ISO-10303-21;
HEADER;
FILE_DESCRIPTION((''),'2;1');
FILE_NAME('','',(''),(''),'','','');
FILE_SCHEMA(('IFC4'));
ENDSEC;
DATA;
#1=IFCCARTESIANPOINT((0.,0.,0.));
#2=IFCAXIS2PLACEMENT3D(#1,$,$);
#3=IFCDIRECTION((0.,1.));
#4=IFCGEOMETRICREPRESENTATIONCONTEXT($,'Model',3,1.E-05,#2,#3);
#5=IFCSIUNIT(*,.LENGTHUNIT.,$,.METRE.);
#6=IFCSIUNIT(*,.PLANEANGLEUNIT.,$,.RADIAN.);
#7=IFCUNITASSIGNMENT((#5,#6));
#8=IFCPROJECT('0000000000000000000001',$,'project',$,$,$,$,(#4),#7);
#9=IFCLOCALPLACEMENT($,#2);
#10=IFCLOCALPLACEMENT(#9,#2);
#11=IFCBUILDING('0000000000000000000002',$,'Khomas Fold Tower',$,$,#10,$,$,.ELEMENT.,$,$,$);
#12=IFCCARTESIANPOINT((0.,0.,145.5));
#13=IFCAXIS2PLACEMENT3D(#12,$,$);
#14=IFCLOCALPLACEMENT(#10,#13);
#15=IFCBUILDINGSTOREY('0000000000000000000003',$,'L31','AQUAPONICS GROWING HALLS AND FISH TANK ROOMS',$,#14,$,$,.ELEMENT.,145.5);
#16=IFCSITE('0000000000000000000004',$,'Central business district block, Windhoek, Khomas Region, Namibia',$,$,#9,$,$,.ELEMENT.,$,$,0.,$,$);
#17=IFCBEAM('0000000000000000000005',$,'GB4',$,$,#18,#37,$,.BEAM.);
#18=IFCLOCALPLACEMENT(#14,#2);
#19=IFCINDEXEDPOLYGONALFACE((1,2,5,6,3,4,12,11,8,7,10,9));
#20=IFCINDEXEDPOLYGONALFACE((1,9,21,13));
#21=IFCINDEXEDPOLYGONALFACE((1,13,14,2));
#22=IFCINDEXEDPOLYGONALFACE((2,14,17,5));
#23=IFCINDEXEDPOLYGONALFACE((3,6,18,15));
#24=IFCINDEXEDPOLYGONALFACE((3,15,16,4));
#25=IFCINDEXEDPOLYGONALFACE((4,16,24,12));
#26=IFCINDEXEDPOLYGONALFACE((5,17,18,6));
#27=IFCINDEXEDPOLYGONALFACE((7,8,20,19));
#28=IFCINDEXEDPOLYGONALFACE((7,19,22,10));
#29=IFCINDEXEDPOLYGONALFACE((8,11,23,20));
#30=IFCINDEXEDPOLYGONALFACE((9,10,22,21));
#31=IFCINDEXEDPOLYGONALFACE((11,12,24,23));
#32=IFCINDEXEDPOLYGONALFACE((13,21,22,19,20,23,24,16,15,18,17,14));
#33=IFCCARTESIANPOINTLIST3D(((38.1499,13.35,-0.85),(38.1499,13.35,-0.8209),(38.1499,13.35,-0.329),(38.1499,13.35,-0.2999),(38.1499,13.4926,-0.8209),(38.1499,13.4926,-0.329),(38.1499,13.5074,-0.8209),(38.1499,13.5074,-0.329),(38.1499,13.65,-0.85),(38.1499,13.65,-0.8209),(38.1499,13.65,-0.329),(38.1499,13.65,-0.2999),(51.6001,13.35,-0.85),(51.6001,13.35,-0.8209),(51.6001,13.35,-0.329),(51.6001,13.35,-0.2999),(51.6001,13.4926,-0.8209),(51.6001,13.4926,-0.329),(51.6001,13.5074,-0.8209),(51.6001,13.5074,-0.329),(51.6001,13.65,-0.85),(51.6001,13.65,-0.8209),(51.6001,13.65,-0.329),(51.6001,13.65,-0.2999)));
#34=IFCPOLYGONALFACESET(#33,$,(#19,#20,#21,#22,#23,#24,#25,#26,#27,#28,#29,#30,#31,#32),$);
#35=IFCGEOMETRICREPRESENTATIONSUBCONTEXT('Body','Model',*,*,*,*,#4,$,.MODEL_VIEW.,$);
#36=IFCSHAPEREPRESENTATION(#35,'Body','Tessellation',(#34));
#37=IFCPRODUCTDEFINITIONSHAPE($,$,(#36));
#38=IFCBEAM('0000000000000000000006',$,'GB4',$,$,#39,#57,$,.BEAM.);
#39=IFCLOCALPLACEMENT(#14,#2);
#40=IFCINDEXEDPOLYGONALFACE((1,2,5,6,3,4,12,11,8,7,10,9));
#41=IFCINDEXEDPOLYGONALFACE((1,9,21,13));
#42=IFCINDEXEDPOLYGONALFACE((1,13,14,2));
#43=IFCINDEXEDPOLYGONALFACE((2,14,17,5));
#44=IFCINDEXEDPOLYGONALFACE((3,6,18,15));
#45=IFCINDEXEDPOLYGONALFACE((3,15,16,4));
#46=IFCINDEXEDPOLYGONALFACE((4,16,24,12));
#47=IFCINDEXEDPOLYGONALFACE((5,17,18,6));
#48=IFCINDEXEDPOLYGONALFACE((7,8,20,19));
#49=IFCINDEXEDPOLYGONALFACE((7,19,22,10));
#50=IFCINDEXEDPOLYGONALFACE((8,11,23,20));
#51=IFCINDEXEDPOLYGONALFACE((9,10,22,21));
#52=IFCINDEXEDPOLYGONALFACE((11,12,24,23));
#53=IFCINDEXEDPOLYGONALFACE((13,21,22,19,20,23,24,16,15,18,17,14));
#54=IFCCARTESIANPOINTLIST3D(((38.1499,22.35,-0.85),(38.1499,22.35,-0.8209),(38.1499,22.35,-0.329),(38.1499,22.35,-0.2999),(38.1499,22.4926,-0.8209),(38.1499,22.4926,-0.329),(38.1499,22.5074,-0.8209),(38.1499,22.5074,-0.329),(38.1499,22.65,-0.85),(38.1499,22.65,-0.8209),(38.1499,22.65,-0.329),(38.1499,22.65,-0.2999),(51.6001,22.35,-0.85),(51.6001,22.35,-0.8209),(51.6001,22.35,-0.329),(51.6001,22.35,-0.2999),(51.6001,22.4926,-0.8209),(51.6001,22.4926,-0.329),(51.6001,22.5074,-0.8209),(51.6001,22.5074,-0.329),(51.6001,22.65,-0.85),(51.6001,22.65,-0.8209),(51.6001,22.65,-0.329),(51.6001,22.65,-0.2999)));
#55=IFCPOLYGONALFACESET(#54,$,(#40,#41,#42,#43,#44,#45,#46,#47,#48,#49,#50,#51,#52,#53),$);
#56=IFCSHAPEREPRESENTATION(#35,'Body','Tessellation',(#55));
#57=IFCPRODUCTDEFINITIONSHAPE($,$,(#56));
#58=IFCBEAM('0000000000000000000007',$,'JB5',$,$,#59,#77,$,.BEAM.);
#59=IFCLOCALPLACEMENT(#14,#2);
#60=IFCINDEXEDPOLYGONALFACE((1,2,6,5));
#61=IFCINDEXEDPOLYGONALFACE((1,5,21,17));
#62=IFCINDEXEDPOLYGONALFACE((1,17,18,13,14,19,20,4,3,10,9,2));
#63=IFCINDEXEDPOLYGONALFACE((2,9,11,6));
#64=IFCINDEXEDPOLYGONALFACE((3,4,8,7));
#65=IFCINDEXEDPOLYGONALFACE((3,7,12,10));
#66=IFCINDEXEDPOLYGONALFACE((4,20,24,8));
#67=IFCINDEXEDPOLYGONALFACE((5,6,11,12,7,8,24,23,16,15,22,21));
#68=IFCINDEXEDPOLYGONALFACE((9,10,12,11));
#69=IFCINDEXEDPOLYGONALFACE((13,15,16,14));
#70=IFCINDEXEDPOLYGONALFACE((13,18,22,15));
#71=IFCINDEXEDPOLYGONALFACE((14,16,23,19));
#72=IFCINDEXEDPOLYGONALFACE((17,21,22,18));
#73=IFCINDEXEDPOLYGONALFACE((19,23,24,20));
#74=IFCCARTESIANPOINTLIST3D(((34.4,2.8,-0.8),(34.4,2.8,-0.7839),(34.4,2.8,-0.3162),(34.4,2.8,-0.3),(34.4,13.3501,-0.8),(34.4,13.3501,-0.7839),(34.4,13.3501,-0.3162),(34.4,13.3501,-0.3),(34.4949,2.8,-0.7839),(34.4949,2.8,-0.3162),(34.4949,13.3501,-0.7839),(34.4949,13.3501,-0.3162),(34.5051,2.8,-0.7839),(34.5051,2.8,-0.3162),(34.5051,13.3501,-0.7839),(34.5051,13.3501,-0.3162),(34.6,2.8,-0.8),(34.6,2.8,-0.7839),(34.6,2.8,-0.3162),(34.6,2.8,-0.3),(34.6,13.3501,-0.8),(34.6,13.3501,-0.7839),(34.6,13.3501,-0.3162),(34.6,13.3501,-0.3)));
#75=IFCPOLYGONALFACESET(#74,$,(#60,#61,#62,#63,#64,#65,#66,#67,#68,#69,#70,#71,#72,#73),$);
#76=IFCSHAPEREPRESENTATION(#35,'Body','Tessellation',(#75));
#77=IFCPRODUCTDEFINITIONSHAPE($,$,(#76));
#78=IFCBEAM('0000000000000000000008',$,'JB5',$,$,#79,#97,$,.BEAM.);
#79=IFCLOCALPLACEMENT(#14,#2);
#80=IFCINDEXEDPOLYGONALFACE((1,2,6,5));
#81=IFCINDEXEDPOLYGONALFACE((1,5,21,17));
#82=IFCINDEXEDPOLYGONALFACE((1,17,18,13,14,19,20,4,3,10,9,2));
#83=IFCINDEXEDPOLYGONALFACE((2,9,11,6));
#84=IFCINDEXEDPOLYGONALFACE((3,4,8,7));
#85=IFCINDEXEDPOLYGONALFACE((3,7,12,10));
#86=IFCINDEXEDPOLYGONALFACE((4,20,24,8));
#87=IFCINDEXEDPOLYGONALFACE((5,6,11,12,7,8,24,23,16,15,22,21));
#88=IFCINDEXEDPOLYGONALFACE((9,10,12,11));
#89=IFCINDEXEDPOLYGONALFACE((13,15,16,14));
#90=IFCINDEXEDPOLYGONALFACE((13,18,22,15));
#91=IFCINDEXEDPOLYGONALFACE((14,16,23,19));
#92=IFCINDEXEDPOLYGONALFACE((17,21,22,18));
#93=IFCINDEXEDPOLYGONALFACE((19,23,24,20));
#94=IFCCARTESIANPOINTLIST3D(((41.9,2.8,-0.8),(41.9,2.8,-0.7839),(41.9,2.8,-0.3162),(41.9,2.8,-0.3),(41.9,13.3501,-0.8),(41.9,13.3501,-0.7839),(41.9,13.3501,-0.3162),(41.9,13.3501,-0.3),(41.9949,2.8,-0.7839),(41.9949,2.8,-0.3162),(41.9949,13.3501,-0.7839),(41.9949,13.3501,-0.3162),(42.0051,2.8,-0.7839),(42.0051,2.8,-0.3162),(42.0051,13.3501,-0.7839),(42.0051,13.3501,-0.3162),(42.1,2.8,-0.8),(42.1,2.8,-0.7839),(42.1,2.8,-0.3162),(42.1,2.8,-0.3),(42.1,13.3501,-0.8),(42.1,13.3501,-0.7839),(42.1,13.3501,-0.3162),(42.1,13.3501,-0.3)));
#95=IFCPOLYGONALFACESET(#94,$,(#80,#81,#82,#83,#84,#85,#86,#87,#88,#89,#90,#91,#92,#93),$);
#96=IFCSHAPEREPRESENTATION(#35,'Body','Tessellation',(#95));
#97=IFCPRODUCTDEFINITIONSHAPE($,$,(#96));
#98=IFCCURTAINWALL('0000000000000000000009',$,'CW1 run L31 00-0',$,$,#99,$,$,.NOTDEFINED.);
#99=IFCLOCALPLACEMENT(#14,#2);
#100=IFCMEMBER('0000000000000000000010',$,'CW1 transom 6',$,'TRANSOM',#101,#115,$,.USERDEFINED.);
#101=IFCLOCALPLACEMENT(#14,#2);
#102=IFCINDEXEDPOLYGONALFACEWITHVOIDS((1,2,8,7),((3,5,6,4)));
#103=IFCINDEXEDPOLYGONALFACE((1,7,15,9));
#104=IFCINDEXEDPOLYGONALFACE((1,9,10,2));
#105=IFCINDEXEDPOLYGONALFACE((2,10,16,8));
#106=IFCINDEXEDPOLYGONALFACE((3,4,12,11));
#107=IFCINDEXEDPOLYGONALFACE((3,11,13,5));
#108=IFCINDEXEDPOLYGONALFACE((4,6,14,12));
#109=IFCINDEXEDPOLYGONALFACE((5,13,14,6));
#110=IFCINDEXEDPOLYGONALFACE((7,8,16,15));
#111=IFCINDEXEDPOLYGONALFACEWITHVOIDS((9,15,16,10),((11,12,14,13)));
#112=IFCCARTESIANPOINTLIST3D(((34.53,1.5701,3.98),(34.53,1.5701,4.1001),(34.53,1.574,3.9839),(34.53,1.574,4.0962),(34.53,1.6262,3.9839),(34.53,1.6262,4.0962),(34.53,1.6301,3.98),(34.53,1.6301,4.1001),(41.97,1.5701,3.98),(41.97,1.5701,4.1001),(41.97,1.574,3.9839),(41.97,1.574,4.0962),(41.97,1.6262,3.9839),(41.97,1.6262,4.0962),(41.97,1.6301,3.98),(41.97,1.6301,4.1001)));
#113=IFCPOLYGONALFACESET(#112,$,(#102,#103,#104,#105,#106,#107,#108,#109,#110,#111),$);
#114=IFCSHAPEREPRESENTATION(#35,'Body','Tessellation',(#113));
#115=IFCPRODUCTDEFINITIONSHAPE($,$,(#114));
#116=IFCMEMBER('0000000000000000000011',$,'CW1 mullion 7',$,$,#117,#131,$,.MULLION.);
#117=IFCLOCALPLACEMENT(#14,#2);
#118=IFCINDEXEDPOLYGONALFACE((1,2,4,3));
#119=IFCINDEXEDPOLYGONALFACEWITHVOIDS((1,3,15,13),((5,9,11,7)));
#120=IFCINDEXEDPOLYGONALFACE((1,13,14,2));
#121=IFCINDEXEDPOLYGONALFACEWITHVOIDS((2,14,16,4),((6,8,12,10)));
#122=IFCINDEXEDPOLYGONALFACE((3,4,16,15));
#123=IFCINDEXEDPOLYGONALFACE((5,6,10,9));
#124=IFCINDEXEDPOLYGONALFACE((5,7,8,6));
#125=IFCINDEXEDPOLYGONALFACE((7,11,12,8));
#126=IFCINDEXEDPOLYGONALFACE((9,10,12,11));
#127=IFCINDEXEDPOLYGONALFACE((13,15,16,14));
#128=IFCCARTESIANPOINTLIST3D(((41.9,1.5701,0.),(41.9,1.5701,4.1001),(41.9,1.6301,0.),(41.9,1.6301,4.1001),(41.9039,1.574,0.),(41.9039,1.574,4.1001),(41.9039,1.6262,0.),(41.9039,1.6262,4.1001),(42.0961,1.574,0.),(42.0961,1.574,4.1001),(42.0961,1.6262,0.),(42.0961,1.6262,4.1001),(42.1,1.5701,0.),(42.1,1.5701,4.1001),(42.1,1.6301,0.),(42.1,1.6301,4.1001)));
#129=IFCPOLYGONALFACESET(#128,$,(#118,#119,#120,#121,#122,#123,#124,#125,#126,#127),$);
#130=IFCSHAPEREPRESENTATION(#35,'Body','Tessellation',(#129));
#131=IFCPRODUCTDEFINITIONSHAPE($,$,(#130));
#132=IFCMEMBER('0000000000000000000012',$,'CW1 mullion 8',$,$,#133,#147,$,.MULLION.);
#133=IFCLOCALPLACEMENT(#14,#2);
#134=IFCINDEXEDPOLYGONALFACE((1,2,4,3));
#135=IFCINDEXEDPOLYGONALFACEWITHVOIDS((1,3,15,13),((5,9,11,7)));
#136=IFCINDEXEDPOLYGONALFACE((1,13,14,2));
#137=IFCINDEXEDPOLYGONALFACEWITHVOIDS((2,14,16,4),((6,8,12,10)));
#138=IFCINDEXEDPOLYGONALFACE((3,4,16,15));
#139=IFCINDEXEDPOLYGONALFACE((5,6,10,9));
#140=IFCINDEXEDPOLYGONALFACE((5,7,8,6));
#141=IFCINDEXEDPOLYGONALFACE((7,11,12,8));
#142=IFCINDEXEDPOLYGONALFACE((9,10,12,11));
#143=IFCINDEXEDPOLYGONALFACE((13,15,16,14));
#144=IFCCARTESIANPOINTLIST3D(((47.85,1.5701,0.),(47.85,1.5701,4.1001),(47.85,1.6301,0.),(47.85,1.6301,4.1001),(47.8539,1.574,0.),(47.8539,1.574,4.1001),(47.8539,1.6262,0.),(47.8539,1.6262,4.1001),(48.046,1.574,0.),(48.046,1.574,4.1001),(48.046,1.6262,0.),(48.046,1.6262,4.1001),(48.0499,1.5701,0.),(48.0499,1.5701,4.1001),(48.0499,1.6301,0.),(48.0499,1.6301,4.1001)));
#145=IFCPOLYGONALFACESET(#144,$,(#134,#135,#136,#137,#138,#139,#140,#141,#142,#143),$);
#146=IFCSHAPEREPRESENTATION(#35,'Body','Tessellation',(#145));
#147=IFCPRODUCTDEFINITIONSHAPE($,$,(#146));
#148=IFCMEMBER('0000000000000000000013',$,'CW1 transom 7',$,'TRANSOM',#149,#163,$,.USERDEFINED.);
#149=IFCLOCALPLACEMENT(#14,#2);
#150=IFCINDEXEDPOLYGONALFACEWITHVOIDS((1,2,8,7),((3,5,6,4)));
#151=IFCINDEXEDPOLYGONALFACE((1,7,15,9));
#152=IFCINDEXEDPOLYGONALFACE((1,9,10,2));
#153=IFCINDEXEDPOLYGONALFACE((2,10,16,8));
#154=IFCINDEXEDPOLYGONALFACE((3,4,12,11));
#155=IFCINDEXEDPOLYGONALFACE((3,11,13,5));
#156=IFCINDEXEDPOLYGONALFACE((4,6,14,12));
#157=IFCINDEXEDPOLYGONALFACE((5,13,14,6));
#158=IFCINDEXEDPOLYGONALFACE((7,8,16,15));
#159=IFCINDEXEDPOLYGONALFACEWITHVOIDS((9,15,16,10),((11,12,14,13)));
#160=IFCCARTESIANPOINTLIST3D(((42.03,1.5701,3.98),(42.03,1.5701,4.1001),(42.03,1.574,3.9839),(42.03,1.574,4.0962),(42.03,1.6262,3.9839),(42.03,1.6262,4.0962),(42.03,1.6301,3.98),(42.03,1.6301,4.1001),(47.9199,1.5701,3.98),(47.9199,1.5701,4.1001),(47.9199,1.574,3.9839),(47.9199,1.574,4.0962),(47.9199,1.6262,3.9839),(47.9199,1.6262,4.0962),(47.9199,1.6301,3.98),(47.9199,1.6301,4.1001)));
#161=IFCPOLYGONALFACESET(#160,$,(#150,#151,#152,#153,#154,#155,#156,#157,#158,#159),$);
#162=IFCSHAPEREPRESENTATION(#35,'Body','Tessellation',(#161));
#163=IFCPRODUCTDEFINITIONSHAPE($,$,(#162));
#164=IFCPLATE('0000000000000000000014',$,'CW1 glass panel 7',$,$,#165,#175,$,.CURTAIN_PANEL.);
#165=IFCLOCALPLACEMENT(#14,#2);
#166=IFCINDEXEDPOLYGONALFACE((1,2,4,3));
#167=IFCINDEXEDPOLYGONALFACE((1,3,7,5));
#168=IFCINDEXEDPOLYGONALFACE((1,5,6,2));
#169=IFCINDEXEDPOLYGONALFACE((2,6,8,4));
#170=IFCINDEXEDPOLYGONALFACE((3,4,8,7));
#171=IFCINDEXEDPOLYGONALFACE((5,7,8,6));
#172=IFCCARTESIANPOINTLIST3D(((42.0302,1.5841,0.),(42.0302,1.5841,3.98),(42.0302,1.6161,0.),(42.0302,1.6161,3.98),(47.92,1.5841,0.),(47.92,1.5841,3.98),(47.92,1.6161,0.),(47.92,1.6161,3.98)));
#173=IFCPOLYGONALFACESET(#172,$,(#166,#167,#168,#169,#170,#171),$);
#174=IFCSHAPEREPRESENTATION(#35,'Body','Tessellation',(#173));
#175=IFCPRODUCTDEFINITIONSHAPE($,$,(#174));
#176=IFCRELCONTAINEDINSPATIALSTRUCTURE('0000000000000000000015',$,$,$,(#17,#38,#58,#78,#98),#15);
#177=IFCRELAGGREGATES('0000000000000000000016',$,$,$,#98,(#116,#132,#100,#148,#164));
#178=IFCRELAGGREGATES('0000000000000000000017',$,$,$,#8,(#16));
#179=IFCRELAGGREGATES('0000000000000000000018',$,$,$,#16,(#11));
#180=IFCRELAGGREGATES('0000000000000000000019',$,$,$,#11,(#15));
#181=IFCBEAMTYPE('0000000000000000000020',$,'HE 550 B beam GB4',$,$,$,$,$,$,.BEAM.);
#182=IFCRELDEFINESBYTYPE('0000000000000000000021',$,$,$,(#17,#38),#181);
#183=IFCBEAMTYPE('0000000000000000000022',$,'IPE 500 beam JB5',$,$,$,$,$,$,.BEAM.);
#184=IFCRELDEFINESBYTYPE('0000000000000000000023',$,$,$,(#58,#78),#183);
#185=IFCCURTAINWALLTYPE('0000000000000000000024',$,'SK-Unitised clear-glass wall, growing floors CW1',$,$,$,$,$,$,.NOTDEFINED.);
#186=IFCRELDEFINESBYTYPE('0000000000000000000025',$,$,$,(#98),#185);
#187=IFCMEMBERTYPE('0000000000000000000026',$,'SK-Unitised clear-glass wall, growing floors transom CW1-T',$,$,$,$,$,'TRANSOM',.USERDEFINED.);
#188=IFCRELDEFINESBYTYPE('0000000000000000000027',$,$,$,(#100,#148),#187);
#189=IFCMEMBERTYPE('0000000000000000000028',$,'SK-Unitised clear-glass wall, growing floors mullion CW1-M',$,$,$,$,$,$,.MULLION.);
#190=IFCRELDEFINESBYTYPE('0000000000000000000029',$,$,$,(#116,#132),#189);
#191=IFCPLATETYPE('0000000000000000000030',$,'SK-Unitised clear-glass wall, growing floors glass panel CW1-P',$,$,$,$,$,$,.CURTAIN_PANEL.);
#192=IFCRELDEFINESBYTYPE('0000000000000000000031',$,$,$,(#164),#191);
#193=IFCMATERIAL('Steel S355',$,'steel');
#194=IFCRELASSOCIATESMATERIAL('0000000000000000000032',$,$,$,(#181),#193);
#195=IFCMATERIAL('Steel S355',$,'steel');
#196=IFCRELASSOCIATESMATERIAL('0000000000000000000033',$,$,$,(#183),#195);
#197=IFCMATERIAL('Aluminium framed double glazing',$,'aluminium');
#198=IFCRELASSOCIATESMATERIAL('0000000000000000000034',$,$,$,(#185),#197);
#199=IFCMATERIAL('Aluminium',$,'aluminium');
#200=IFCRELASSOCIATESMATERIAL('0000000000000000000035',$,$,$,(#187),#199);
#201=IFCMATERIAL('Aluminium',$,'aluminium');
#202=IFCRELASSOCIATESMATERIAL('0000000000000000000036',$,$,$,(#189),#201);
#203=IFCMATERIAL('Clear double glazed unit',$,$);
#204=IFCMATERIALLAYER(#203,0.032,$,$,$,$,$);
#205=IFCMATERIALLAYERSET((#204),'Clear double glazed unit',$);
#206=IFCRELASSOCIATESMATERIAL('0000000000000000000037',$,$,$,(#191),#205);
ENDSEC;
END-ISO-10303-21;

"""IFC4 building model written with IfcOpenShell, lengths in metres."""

from ifc_helpers import new_model, si_unit, direction, frame, origin, origin_2d, place, context, subcontext, project, spatial, rectangle, hollow_rectangle, i_section, extrude, source, transform, mapped, material, layer, layer_set, material_profile, profile_set, type_object, element, aggregate, save


model = new_model("IFC4")

# Units and contexts
model_context = context("Model", 3, precision=1e-05, world=origin(), true_north=direction((0.0, 1.0)))
body_context = subcontext(model_context, "Body", "Model", "MODEL_VIEW")
ifc_project = project(units=[si_unit("LENGTHUNIT", "METRE"), si_unit("PLANEANGLEUNIT", "RADIAN")], contexts=[model_context])

# Site, building, storey
site_placement = place(None, origin())
site = spatial("IfcSite", under=ifc_project, at=site_placement, Name="Central business district block, Windhoek, Khomas Region, Namibia", CompositionType="ELEMENT", RefElevation=0.0)
building_placement = place(site_placement, origin())
building = spatial("IfcBuilding", under=site, at=building_placement, Name="Khomas Fold Tower", CompositionType="ELEMENT")
storey_placement = place(building_placement, frame((0.0, 0.0, 145.5)))
storey = spatial("IfcBuildingStorey", under=building, at=storey_placement, Name="L31", Description="AQUAPONICS GROWING HALLS AND FISH TANK ROOMS", CompositionType="ELEMENT", Elevation=145.5)

# Beams
ifc_material_1 = material(Name="Steel S355", Category="steel")
ifc_material_profile_1 = material_profile(ifc_material_1, i_section(OverallWidth=0.3, OverallDepth=0.55, WebThickness=0.0149, FlangeThickness=0.0291, at=origin_2d()), Name="HE 550 B")
ifc_profile_set_1 = profile_set([ifc_material_profile_1], Name="Steel S355")
beam_type_1 = type_object("IfcBeamType", Name="HE 550 B beam GB4", PredefinedType="BEAM", material=ifc_profile_set_1)
shared_shape_1 = source(origin(), body_context, "Body", "SweptSolid", [
    extrude(i_section(OverallWidth=0.3, OverallDepth=0.55, WebThickness=0.0149, FlangeThickness=0.0291, at=origin_2d()), origin(), (0.0, 0.0, 1.0), 13.4502),
])
for number, where, z_axis, x_axis, name in (
    (1, (38.1499, 13.5, -0.575), (1.0, 0.0, 0.0), (0.0, 1.0, 0.0), "GB4"),
    (2, (38.1499, 22.5, -0.575), (1.0, 0.0, 0.0), (0.0, 1.0, 0.0), "GB4"),
):
    element("IfcBeam", number, at=place(storey_placement, frame(where, z_axis=z_axis, x_axis=x_axis)), inside=storey, type_object=beam_type_1, Name=name, PredefinedType="BEAM", context=body_context, shape_type="MappedRepresentation", body=[
        mapped(shared_shape_1, transform((0.0, 0.0, 0.0))),
    ])
ifc_material_2 = material(Name="Steel S355", Category="steel")
ifc_material_profile_2 = material_profile(ifc_material_2, i_section(OverallWidth=0.2, OverallDepth=0.5, WebThickness=0.0103, FlangeThickness=0.0161, at=origin_2d()), Name="IPE 500")
ifc_profile_set_2 = profile_set([ifc_material_profile_2], Name="Steel S355")
beam_type_2 = type_object("IfcBeamType", Name="IPE 500 beam JB5", PredefinedType="BEAM", material=ifc_profile_set_2)
shared_shape_2 = source(origin(), body_context, "Body", "SweptSolid", [
    extrude(i_section(OverallWidth=0.2, OverallDepth=0.5, WebThickness=0.0103, FlangeThickness=0.0161, at=origin_2d()), origin(), (0.0, 0.0, 1.0), 10.55),
])
for number, where, z_axis, x_axis, name in (
    (3, (34.5, 2.8, -0.55), (0.0, 1.0, 0.0), (-1.0, 0.0, 0.0), "JB5"),
    (4, (42.0, 2.8, -0.55), (0.0, 1.0, 0.0), (-1.0, 0.0, 0.0), "JB5"),
):
    element("IfcBeam", number, at=place(storey_placement, frame(where, z_axis=z_axis, x_axis=x_axis)), inside=storey, type_object=beam_type_2, Name=name, PredefinedType="BEAM", context=body_context, shape_type="MappedRepresentation", body=[
        mapped(shared_shape_2, transform((0.0, 0.0, 0.0))),
    ])

# Curtain wall, members, plate
ifc_material_3 = material(Name="Aluminium framed double glazing", Category="aluminium")
curtain_wall_type = type_object("IfcCurtainWallType", Name="SK-Unitised clear-glass wall, growing floors CW1", PredefinedType="NOTDEFINED", material=ifc_material_3)
curtain_wall_placement = place(storey_placement, origin())
curtain_wall = element("IfcCurtainWall", 5, at=curtain_wall_placement, inside=storey, type_object=curtain_wall_type, Name="CW1 run L31 00-0", PredefinedType="NOTDEFINED")
ifc_material_4 = material(Name="Aluminium", Category="aluminium")
ifc_material_profile_3 = material_profile(ifc_material_4, hollow_rectangle(XDim=0.0601, YDim=0.1201, WallThickness=0.0039, at=origin_2d()), Name="SK-Unitised clear-glass wall, growing floors transom CW1-T")
ifc_profile_set_3 = profile_set([ifc_material_profile_3], Name="Aluminium")
member_type_1 = type_object("IfcMemberType", Name="SK-Unitised clear-glass wall, growing floors transom CW1-T", ElementType="TRANSOM", PredefinedType="USERDEFINED", material=ifc_profile_set_3)
shared_shape_3 = source(origin(), body_context, "Body", "SweptSolid", [
    extrude(hollow_rectangle(XDim=0.0601, YDim=0.1201, WallThickness=0.0039, at=origin_2d()), origin(), (0.0, 0.0, 1.0), 7.4399),
])
member_1_placement = place(storey_placement, frame((34.53, 1.6001, 4.04), z_axis=(1.0, 0.0, 0.0), x_axis=(0.0, 1.0, 0.0)))
member_1 = element("IfcMember", 6, at=member_1_placement, type_object=member_type_1, Name="CW1 transom 6", ObjectType="TRANSOM", PredefinedType="USERDEFINED", context=body_context, shape_type="MappedRepresentation", body=[
    mapped(shared_shape_3, transform((0.0, 0.0, 0.0))),
])
ifc_material_5 = material(Name="Aluminium", Category="aluminium")
ifc_material_profile_4 = material_profile(ifc_material_5, hollow_rectangle(XDim=0.0601, YDim=0.2, WallThickness=0.0039, at=origin_2d()), Name="SK-Unitised clear-glass wall, growing floors mullion CW1-M")
ifc_profile_set_4 = profile_set([ifc_material_profile_4], Name="Aluminium")
member_type_2 = type_object("IfcMemberType", Name="SK-Unitised clear-glass wall, growing floors mullion CW1-M", PredefinedType="MULLION", material=ifc_profile_set_4)
shared_shape_4 = source(origin(), body_context, "Body", "SweptSolid", [
    extrude(hollow_rectangle(XDim=0.0601, YDim=0.2, WallThickness=0.0039, at=origin_2d()), origin(), (0.0, 0.0, 1.0), 4.1001),
])
member_2_placement = place(storey_placement, frame((42.0, 1.6001, 0.0), z_axis=(0.0, 0.0, 1.0), x_axis=(0.0, 1.0, 0.0)))
member_2 = element("IfcMember", 7, at=member_2_placement, type_object=member_type_2, Name="CW1 mullion 7", PredefinedType="MULLION", context=body_context, shape_type="MappedRepresentation", body=[
    mapped(shared_shape_4, transform((0.0, 0.0, 0.0))),
])
member_3_placement = place(storey_placement, frame((47.95, 1.6001, 0.0), z_axis=(0.0, 0.0, 1.0), x_axis=(0.0, 1.0, 0.0)))
member_3 = element("IfcMember", 8, at=member_3_placement, type_object=member_type_2, Name="CW1 mullion 8", PredefinedType="MULLION", context=body_context, shape_type="MappedRepresentation", body=[
    mapped(shared_shape_4, transform((0.0, 0.0, 0.0))),
])
shared_shape_5 = source(origin(), body_context, "Body", "SweptSolid", [
    extrude(hollow_rectangle(XDim=0.0601, YDim=0.1201, WallThickness=0.0039, at=origin_2d()), origin(), (0.0, 0.0, 1.0), 5.8899),
])
member_4_placement = place(storey_placement, frame((42.03, 1.6001, 4.04), z_axis=(1.0, 0.0, 0.0), x_axis=(0.0, 1.0, 0.0)))
member_4 = element("IfcMember", 9, at=member_4_placement, type_object=member_type_1, Name="CW1 transom 7", ObjectType="TRANSOM", PredefinedType="USERDEFINED", context=body_context, shape_type="MappedRepresentation", body=[
    mapped(shared_shape_5, transform((0.0, 0.0, 0.0))),
])
ifc_material_6 = material(Name="Clear double glazed unit")
ifc_layer_1 = layer(ifc_material_6, 0.032)
ifc_layer_set_1 = layer_set([ifc_layer_1], Name="Clear double glazed unit")
plate_type = type_object("IfcPlateType", Name="SK-Unitised clear-glass wall, growing floors glass panel CW1-P", PredefinedType="CURTAIN_PANEL", material=ifc_layer_set_1)
shared_shape_6 = source(origin(), body_context, "Body", "SweptSolid", [
    extrude(rectangle(XDim=5.8899, YDim=0.032, at=origin_2d()), origin(), (0.0, 0.0, 1.0), 3.98),
])
plate_1_placement = place(storey_placement, frame((44.9751, 1.6001, 0.0), z_axis=(0.0, 0.0, 1.0), x_axis=(1.0, 0.0, 0.0)))
plate_1 = element("IfcPlate", 10, at=plate_1_placement, type_object=plate_type, Name="CW1 glass panel 7", PredefinedType="CURTAIN_PANEL", context=body_context, shape_type="MappedRepresentation", body=[
    mapped(shared_shape_6, transform((0.0, 0.0, 0.0))),
])
aggregate(curtain_wall, [member_2, member_3, member_1, member_4, plate_1])

save(model, "model.ifc")
